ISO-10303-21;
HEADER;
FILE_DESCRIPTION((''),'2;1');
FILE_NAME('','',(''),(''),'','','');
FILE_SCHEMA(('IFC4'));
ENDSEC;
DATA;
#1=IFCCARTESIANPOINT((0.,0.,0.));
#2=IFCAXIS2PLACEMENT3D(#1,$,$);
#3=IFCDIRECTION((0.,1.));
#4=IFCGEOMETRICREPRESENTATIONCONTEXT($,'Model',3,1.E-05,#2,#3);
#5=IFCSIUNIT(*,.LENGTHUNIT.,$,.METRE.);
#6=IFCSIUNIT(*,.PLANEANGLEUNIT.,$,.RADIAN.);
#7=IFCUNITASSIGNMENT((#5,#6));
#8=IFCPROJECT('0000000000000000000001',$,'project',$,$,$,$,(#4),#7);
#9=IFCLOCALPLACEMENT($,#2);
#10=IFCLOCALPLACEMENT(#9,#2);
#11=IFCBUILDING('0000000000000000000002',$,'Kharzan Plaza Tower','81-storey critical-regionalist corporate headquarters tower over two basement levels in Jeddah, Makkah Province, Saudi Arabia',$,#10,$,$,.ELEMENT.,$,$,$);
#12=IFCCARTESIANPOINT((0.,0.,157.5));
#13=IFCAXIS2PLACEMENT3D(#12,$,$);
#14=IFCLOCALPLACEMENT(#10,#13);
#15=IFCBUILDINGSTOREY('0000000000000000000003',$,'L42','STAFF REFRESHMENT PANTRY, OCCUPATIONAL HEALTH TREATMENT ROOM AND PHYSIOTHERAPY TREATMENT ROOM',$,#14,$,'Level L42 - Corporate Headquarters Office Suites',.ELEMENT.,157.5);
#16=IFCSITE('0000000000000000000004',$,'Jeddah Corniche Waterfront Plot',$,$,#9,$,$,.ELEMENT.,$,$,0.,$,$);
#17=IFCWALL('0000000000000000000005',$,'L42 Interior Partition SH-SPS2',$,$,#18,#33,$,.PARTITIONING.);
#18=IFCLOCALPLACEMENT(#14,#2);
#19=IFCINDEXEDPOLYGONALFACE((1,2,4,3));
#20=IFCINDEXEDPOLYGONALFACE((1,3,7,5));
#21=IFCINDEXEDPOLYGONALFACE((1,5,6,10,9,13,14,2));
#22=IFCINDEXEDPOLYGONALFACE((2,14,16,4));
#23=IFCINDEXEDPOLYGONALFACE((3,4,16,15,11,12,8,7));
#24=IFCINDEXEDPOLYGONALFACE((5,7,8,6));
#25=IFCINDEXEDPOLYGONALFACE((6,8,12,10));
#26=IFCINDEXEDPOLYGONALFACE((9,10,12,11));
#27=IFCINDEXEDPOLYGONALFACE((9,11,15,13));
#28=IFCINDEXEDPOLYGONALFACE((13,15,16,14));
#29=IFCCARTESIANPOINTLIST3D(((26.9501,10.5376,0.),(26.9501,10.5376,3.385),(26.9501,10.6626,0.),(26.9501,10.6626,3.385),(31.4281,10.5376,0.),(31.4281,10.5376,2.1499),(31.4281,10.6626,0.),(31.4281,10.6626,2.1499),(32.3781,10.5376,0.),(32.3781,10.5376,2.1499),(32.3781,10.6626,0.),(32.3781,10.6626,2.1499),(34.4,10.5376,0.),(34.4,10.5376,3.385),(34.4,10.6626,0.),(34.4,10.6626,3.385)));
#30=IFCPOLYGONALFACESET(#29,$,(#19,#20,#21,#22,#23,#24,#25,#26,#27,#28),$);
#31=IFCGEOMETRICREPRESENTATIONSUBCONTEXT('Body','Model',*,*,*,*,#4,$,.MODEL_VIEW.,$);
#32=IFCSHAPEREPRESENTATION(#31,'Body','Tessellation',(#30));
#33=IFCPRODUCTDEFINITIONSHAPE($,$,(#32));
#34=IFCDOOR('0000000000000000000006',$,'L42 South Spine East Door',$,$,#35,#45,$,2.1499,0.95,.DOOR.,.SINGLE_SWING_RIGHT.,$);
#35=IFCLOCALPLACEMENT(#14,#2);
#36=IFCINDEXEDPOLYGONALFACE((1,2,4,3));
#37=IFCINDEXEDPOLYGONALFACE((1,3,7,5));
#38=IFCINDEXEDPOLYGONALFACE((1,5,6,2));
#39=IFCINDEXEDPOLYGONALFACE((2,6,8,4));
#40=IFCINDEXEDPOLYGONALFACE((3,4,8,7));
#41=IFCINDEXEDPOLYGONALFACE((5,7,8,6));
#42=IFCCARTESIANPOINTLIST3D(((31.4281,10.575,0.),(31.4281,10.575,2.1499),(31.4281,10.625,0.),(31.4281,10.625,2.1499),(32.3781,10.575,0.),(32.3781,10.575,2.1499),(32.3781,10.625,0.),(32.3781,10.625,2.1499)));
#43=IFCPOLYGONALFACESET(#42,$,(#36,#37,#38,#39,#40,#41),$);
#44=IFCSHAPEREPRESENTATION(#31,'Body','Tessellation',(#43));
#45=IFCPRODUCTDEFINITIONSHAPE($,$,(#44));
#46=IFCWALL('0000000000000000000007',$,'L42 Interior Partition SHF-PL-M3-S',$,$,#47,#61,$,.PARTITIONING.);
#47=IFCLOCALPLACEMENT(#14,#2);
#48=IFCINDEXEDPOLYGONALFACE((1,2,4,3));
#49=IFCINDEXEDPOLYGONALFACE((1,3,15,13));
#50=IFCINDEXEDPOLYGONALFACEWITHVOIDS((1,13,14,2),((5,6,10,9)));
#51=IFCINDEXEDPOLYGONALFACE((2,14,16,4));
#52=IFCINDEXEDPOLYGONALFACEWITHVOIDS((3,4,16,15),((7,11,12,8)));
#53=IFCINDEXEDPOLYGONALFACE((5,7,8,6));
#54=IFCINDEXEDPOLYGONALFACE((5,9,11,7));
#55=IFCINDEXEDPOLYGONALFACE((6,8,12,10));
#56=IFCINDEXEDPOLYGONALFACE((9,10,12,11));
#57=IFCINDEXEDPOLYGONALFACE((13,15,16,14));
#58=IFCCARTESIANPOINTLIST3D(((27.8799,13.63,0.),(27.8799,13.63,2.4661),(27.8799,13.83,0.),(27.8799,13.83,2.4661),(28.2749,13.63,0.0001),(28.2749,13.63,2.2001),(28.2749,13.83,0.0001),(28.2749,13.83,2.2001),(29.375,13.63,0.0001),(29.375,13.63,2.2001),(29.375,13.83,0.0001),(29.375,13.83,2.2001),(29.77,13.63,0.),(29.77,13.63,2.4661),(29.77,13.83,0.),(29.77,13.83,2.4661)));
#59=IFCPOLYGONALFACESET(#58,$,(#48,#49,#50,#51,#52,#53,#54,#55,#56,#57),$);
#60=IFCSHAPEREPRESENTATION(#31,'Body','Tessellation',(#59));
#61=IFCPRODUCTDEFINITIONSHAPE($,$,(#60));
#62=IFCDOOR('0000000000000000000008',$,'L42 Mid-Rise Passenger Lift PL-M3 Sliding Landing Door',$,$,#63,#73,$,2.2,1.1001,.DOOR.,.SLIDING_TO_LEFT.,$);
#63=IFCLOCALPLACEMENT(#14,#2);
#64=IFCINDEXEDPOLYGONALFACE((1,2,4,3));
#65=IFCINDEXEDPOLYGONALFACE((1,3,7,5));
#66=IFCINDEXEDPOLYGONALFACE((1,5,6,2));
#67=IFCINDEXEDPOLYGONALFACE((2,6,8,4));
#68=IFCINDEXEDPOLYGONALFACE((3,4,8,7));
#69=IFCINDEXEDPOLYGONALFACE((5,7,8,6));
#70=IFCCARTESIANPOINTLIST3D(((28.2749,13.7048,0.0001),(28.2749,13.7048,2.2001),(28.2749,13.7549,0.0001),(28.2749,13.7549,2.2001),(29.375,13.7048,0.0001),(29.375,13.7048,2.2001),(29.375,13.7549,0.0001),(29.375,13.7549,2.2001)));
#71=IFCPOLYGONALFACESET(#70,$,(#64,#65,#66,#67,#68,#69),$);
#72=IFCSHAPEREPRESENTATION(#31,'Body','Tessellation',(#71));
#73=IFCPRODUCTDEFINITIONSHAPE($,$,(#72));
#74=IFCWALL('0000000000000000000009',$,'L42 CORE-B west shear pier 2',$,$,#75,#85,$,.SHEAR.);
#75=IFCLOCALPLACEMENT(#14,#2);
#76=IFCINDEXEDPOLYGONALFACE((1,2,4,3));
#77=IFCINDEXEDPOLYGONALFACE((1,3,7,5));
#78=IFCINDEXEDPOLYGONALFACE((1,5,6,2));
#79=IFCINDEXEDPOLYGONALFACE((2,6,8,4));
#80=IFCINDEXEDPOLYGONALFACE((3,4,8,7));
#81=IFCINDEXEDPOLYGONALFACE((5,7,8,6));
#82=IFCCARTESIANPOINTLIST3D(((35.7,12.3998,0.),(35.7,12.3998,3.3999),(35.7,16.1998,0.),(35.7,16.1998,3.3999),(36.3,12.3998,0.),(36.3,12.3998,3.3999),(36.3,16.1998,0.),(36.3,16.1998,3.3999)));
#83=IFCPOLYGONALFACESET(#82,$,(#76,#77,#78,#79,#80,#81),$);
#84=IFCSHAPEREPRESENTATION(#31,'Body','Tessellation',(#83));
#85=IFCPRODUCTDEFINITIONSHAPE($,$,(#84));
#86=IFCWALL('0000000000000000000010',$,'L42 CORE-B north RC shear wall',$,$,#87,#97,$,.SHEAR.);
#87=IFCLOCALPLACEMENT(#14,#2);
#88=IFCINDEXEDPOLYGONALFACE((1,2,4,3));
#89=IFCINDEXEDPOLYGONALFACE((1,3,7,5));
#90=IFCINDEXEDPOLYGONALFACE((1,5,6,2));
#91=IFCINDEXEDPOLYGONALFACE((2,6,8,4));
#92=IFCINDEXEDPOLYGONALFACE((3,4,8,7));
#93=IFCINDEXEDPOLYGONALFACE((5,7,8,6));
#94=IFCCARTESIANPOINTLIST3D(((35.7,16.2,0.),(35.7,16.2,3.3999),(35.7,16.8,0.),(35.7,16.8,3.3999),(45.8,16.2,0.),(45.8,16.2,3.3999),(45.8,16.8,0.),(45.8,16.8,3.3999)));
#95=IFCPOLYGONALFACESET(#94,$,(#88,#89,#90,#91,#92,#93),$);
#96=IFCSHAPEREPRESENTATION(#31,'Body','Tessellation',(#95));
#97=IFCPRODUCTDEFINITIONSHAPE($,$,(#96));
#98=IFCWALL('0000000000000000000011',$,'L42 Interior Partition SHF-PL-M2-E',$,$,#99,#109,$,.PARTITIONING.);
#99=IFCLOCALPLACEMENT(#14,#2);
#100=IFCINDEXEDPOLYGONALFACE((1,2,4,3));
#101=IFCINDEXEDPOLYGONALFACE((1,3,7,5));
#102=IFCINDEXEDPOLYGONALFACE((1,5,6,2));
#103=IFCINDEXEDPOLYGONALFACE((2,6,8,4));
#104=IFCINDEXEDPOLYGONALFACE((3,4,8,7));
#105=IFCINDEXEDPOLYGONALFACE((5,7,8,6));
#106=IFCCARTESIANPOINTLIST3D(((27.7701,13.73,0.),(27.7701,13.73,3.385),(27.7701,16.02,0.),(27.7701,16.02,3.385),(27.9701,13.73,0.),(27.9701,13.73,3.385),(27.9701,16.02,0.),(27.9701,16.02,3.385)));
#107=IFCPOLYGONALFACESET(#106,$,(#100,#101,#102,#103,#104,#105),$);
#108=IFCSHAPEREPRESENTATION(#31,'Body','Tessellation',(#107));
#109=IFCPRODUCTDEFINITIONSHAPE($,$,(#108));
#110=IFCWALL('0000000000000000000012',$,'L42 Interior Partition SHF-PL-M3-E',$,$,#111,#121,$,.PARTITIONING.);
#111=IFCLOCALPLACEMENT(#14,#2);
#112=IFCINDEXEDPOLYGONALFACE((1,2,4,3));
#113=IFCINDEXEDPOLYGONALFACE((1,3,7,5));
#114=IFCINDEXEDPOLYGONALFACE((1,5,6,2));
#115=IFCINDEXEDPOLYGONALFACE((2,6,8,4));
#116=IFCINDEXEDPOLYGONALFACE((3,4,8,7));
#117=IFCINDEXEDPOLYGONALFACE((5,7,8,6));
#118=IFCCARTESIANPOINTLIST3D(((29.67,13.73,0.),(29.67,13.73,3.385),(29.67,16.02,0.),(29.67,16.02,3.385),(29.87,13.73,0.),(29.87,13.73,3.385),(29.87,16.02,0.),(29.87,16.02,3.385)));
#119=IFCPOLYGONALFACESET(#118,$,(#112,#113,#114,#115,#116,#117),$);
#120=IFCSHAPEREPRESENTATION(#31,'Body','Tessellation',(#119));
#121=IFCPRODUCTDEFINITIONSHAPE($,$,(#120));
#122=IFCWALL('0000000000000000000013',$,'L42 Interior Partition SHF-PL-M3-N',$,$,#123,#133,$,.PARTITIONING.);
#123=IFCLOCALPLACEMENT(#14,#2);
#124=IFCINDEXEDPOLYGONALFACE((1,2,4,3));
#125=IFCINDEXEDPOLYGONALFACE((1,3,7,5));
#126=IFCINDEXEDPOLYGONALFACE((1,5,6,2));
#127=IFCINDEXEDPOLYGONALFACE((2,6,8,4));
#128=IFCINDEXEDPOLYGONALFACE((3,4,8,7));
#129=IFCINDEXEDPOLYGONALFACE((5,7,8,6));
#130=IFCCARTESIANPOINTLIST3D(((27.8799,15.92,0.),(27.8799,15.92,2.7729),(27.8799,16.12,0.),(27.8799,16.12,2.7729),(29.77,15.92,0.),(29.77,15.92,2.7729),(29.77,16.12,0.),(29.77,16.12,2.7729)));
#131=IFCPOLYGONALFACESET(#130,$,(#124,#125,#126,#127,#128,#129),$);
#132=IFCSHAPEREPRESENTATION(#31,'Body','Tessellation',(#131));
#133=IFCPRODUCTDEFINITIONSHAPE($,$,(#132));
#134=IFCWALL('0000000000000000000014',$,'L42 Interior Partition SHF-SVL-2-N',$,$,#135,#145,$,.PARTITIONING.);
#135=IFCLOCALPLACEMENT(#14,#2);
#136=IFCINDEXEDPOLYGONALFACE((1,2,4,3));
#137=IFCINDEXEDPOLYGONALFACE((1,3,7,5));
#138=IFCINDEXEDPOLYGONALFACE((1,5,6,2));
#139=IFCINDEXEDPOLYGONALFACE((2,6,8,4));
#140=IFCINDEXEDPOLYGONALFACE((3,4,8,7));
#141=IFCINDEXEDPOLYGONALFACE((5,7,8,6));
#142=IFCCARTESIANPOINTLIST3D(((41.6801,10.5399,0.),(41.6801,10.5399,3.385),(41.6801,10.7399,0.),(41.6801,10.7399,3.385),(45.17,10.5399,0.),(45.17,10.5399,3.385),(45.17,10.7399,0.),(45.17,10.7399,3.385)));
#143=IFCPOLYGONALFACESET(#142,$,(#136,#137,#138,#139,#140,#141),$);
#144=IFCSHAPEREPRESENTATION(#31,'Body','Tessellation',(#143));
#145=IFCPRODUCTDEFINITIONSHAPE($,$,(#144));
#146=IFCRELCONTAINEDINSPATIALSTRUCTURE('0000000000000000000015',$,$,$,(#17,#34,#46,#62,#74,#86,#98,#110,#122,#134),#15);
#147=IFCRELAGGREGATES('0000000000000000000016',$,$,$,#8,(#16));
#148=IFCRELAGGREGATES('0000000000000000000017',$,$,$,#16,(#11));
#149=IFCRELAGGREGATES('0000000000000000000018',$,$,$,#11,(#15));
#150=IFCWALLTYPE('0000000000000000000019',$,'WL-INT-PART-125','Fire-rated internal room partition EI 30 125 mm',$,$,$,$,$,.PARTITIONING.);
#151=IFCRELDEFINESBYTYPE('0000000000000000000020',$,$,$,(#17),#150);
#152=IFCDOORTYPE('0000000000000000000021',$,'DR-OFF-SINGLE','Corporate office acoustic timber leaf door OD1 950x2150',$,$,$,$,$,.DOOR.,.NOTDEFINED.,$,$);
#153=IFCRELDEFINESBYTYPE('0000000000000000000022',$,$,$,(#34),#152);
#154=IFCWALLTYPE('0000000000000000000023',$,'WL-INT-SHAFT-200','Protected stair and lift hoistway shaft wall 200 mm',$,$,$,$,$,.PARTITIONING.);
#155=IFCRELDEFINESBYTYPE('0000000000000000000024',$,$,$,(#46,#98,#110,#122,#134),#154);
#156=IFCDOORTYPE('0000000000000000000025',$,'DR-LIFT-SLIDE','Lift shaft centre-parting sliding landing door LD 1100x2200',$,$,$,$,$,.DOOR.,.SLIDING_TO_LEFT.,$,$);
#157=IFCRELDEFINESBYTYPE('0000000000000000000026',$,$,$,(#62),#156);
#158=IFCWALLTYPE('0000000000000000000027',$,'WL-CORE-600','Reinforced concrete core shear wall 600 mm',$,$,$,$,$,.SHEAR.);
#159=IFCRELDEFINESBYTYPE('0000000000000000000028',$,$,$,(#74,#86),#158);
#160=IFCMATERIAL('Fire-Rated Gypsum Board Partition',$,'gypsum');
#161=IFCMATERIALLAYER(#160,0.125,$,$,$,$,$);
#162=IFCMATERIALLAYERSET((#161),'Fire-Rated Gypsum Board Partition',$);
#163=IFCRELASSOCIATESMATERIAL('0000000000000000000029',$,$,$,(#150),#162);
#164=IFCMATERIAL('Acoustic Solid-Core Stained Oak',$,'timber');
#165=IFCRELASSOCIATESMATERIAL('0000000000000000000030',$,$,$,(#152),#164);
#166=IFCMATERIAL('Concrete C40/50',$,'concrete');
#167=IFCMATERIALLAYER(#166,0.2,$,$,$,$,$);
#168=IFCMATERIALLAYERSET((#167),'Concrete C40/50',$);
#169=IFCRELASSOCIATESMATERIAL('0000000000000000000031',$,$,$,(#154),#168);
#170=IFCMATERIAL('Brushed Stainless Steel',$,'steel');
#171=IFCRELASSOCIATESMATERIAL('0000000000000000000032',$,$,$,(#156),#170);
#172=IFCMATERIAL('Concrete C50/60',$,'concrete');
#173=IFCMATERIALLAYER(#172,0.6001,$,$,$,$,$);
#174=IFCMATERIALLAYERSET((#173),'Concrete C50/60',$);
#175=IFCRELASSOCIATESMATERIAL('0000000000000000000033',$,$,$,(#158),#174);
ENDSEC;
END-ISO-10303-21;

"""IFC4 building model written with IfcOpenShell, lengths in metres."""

from ifc_helpers import new_model, si_unit, direction, frame, frame_2d, origin, place, context, subcontext, project, spatial, rectangle, extrude, source, transform, mapped, material, layer, layer_set, type_object, element, fill, save


model = new_model("IFC4")

# Units and contexts
model_context = context("Model", 3, precision=1e-05, world=origin(), true_north=direction((0.0, 1.0)))
body_context = subcontext(model_context, "Body", "Model", "MODEL_VIEW")
ifc_project = project(units=[si_unit("LENGTHUNIT", "METRE"), si_unit("PLANEANGLEUNIT", "RADIAN")], contexts=[model_context])

# Site, building, storey
site_placement = place(None, origin())
site = spatial("IfcSite", under=ifc_project, at=site_placement, Name="Jeddah Corniche Waterfront Plot", CompositionType="ELEMENT", RefElevation=0.0)
building_placement = place(site_placement, origin())
building = spatial("IfcBuilding", under=site, at=building_placement, Name="Kharzan Plaza Tower", Description="81-storey critical-regionalist corporate headquarters tower over two basement levels in Jeddah, Makkah Province, Saudi Arabia", CompositionType="ELEMENT")
storey_placement = place(building_placement, frame((0.0, 0.0, 157.5)))
storey = spatial("IfcBuildingStorey", under=building, at=storey_placement, Name="L42", Description="STAFF REFRESHMENT PANTRY, OCCUPATIONAL HEALTH TREATMENT ROOM AND PHYSIOTHERAPY TREATMENT ROOM", LongName="Level L42 - Corporate Headquarters Office Suites", CompositionType="ELEMENT", Elevation=157.5)

# Shared definitions
ifc_material_1 = material(Name="Concrete C50/60", Category="concrete")

# Shared definitions
ifc_material_2 = material(Name="Concrete C40/50", Category="concrete")

# Walls, openings, doors
ifc_material_3 = material(Name="Fire-Rated Gypsum Board Partition", Category="gypsum")
ifc_layer_1 = layer(ifc_material_3, 0.125)
ifc_layer_set_1 = layer_set([ifc_layer_1], Name="Fire-Rated Gypsum Board Partition")
wall_type_1 = type_object("IfcWallType", Name="WL-INT-PART-125", Description="Fire-rated internal room partition EI 30 125 mm", PredefinedType="PARTITIONING", material=ifc_layer_set_1)
ifc_material_4 = material(Name="Acoustic Solid-Core Stained Oak", Category="timber")
door_type_1 = type_object("IfcDoorType", Name="DR-OFF-SINGLE", Description="Corporate office acoustic timber leaf door OD1 950x2150", OperationType="NOTDEFINED", PredefinedType="DOOR", material=ifc_material_4)
shared_shape_1 = source(origin(), body_context, "Body", "SweptSolid", [
    extrude(rectangle(XDim=0.95, YDim=2.1499, at=frame_2d((0.4751, 1.075))), frame((0.0, 0.0249, 0.0), z_axis=(0.0, -1.0, 0.0), x_axis=(1.0, 0.0, 0.0)), (0.0, 0.0, 1.0), 0.05),
])
wall_1_placement = place(storey_placement, frame((26.95, 10.6001, 0.0), z_axis=(0.0, 0.0, 1.0), x_axis=(1.0, 0.0, 0.0)))
wall_1 = element("IfcWall", 1, at=wall_1_placement, inside=storey, type_object=wall_type_1, Name="L42 Interior Partition SH-SPS2", PredefinedType="PARTITIONING", context=body_context, shape_type="SweptSolid", body=[
    extrude(rectangle(XDim=7.45, YDim=0.125, at=frame_2d((3.7251, 0.0))), origin(), (0.0, 0.0, 1.0), 3.385),
])
opening_1_placement = place(wall_1_placement, frame((4.478, 0.0, 0.0)))
opening_1 = element("IfcOpeningElement", 2, at=opening_1_placement, cuts=wall_1, PredefinedType="OPENING", context=body_context, shape_type="SweptSolid", body=[
    extrude(rectangle(XDim=0.95, YDim=2.1499, at=frame_2d((0.4751, 1.075))), frame((0.0, 0.0725, 0.0), z_axis=(0.0, -1.0, 0.0), x_axis=(1.0, 0.0, 0.0)), (0.0, 0.0, 1.0), 0.145),
])
door_1_placement = place(opening_1_placement, origin())
door_1 = element("IfcDoor", 3, at=door_1_placement, inside=storey, type_object=door_type_1, Name="L42 South Spine East Door", OperationType="SINGLE_SWING_RIGHT", OverallHeight=2.1499, OverallWidth=0.95, PredefinedType="DOOR", context=body_context, shape_type="MappedRepresentation", body=[
    mapped(shared_shape_1, transform((0.0, 0.0, 0.0), x_axis=(1.0, 0.0, 0.0), y_axis=(0.0, 1.0, 0.0), z_axis=(0.0, 0.0, 1.0))),
])
fill(opening_1, door_1)
ifc_layer_2 = layer(ifc_material_2, 0.2)
ifc_layer_set_2 = layer_set([ifc_layer_2], Name="Concrete C40/50")
wall_type_2 = type_object("IfcWallType", Name="WL-INT-SHAFT-200", Description="Protected stair and lift hoistway shaft wall 200 mm", PredefinedType="PARTITIONING", material=ifc_layer_set_2)
wall_2_placement = place(storey_placement, frame((27.8799, 13.73, 0.0), z_axis=(0.0, 0.0, 1.0), x_axis=(1.0, 0.0, 0.0)))
wall_2 = element("IfcWall", 4, at=wall_2_placement, inside=storey, type_object=wall_type_2, Name="L42 Interior Partition SHF-PL-M3-S", PredefinedType="PARTITIONING", context=body_context, shape_type="SweptSolid", body=[
    extrude(rectangle(XDim=1.8901, YDim=0.2, at=frame_2d((0.9451, 0.0))), origin(), (0.0, 0.0, 1.0), 2.4661),
])
opening_2_placement = place(wall_2_placement, frame((0.395, 0.0, 0.0)))
opening_2 = element("IfcOpeningElement", 5, at=opening_2_placement, cuts=wall_2, PredefinedType="OPENING", context=body_context, shape_type="SweptSolid", body=[
    extrude(rectangle(XDim=1.1001, YDim=2.2, at=frame_2d((0.55, 1.1001))), frame((0.0, 0.1099, 0.0), z_axis=(0.0, -1.0, 0.0), x_axis=(1.0, 0.0, 0.0)), (0.0, 0.0, 1.0), 0.22),
])
ifc_material_5 = material(Name="Brushed Stainless Steel", Category="steel")
door_type_2 = type_object("IfcDoorType", Name="DR-LIFT-SLIDE", Description="Lift shaft centre-parting sliding landing door LD 1100x2200", OperationType="SLIDING_TO_LEFT", PredefinedType="DOOR", material=ifc_material_5)
shared_shape_2 = source(origin(), body_context, "Body", "SweptSolid", [
    extrude(rectangle(XDim=1.1001, YDim=2.2, at=frame_2d((0.55, 1.1001))), frame((0.0, 0.0249, 0.0), z_axis=(0.0, -1.0, 0.0), x_axis=(1.0, 0.0, 0.0)), (0.0, 0.0, 1.0), 0.05),
])
door_2_placement = place(opening_2_placement, origin())
door_2 = element("IfcDoor", 6, at=door_2_placement, inside=storey, type_object=door_type_2, Name="L42 Mid-Rise Passenger Lift PL-M3 Sliding Landing Door", OperationType="SLIDING_TO_LEFT", OverallHeight=2.2, OverallWidth=1.1001, PredefinedType="DOOR", context=body_context, shape_type="MappedRepresentation", body=[
    mapped(shared_shape_2, transform((0.0, 0.0, 0.0), x_axis=(1.0, 0.0, 0.0), y_axis=(0.0, 1.0, 0.0), z_axis=(0.0, 0.0, 1.0))),
])
fill(opening_2, door_2)

# Walls
ifc_layer_3 = layer(ifc_material_1, 0.6001)
ifc_layer_set_3 = layer_set([ifc_layer_3], Name="Concrete C50/60")
wall_type_3 = type_object("IfcWallType", Name="WL-CORE-600", Description="Reinforced concrete core shear wall 600 mm", PredefinedType="SHEAR", material=ifc_layer_set_3)
shared_shape_3 = source(origin(), body_context, "Body", "SweptSolid", [
    extrude(rectangle(XDim=3.8, YDim=0.6001, at=frame_2d((1.8999, 0.0))), origin(), (0.0, 0.0, 1.0), 3.3999),
])
wall_3_placement = place(storey_placement, frame((36.0, 12.3999, 0.0), z_axis=(0.0, 0.0, 1.0), x_axis=(0.0, 1.0, 0.0)))
element("IfcWall", 7, at=wall_3_placement, inside=storey, type_object=wall_type_3, Name="L42 CORE-B west shear pier 2", PredefinedType="SHEAR", context=body_context, shape_type="MappedRepresentation", body=[
    mapped(shared_shape_3, transform((0.0, 0.0, 0.0), x_axis=(1.0, 0.0, 0.0), y_axis=(0.0, 1.0, 0.0), z_axis=(0.0, 0.0, 1.0))),
])
shared_shape_4 = source(origin(), body_context, "Body", "SweptSolid", [
    extrude(rectangle(XDim=10.1001, YDim=0.6001, at=frame_2d((5.05, 0.0))), origin(), (0.0, 0.0, 1.0), 3.3999),
])
wall_4_placement = place(storey_placement, frame((35.7, 16.5, 0.0), z_axis=(0.0, 0.0, 1.0), x_axis=(1.0, 0.0, 0.0)))
element("IfcWall", 8, at=wall_4_placement, inside=storey, type_object=wall_type_3, Name="L42 CORE-B north RC shear wall", PredefinedType="SHEAR", context=body_context, shape_type="MappedRepresentation", body=[
    mapped(shared_shape_4, transform((0.0, 0.0, 0.0), x_axis=(1.0, 0.0, 0.0), y_axis=(0.0, 1.0, 0.0), z_axis=(0.0, 0.0, 1.0))),
])
shared_shape_5 = source(origin(), body_context, "Body", "SweptSolid", [
    extrude(rectangle(XDim=2.29, YDim=0.2, at=frame_2d((1.145, 0.0))), origin(), (0.0, 0.0, 1.0), 3.385),
])
for number, where, z_axis, x_axis, name in (
    (9, (27.8701, 13.73, 0.0), (0.0, 0.0, 1.0), (0.0, 1.0, 0.0), "L42 Interior Partition SHF-PL-M2-E"),
    (10, (29.77, 13.73, 0.0), (0.0, 0.0, 1.0), (0.0, 1.0, 0.0), "L42 Interior Partition SHF-PL-M3-E"),
):
    element("IfcWall", number, at=place(storey_placement, frame(where, z_axis=z_axis, x_axis=x_axis)), inside=storey, type_object=wall_type_2, Name=name, PredefinedType="PARTITIONING", context=body_context, shape_type="MappedRepresentation", body=[
        mapped(shared_shape_5, transform((0.0, 0.0, 0.0), x_axis=(1.0, 0.0, 0.0), y_axis=(0.0, 1.0, 0.0), z_axis=(0.0, 0.0, 1.0))),
    ])
shared_shape_6 = source(origin(), body_context, "Body", "SweptSolid", [
    extrude(rectangle(XDim=1.8901, YDim=0.2, at=frame_2d((0.9451, 0.0))), origin(), (0.0, 0.0, 1.0), 2.7729),
])
wall_5_placement = place(storey_placement, frame((27.8799, 16.02, 0.0), z_axis=(0.0, 0.0, 1.0), x_axis=(1.0, 0.0, 0.0)))
element("IfcWall", 11, at=wall_5_placement, inside=storey, type_object=wall_type_2, Name="L42 Interior Partition SHF-PL-M3-N", PredefinedType="PARTITIONING", context=body_context, shape_type="MappedRepresentation", body=[
    mapped(shared_shape_6, transform((0.0, 0.0, 0.0), x_axis=(1.0, 0.0, 0.0), y_axis=(0.0, 1.0, 0.0), z_axis=(0.0, 0.0, 1.0))),
])
shared_shape_7 = source(origin(), body_context, "Body", "SweptSolid", [
    extrude(rectangle(XDim=3.49, YDim=0.2, at=frame_2d((1.7451, 0.0))), origin(), (0.0, 0.0, 1.0), 3.385),
])
wall_6_placement = place(storey_placement, frame((41.6799, 10.6399, 0.0), z_axis=(0.0, 0.0, 1.0), x_axis=(1.0, 0.0, 0.0)))
element("IfcWall", 12, at=wall_6_placement, inside=storey, type_object=wall_type_2, Name="L42 Interior Partition SHF-SVL-2-N", PredefinedType="PARTITIONING", context=body_context, shape_type="MappedRepresentation", body=[
    mapped(shared_shape_7, transform((0.0, 0.0, 0.0), x_axis=(1.0, 0.0, 0.0), y_axis=(0.0, 1.0, 0.0), z_axis=(0.0, 0.0, 1.0))),
])

save(model, "model.ifc")
